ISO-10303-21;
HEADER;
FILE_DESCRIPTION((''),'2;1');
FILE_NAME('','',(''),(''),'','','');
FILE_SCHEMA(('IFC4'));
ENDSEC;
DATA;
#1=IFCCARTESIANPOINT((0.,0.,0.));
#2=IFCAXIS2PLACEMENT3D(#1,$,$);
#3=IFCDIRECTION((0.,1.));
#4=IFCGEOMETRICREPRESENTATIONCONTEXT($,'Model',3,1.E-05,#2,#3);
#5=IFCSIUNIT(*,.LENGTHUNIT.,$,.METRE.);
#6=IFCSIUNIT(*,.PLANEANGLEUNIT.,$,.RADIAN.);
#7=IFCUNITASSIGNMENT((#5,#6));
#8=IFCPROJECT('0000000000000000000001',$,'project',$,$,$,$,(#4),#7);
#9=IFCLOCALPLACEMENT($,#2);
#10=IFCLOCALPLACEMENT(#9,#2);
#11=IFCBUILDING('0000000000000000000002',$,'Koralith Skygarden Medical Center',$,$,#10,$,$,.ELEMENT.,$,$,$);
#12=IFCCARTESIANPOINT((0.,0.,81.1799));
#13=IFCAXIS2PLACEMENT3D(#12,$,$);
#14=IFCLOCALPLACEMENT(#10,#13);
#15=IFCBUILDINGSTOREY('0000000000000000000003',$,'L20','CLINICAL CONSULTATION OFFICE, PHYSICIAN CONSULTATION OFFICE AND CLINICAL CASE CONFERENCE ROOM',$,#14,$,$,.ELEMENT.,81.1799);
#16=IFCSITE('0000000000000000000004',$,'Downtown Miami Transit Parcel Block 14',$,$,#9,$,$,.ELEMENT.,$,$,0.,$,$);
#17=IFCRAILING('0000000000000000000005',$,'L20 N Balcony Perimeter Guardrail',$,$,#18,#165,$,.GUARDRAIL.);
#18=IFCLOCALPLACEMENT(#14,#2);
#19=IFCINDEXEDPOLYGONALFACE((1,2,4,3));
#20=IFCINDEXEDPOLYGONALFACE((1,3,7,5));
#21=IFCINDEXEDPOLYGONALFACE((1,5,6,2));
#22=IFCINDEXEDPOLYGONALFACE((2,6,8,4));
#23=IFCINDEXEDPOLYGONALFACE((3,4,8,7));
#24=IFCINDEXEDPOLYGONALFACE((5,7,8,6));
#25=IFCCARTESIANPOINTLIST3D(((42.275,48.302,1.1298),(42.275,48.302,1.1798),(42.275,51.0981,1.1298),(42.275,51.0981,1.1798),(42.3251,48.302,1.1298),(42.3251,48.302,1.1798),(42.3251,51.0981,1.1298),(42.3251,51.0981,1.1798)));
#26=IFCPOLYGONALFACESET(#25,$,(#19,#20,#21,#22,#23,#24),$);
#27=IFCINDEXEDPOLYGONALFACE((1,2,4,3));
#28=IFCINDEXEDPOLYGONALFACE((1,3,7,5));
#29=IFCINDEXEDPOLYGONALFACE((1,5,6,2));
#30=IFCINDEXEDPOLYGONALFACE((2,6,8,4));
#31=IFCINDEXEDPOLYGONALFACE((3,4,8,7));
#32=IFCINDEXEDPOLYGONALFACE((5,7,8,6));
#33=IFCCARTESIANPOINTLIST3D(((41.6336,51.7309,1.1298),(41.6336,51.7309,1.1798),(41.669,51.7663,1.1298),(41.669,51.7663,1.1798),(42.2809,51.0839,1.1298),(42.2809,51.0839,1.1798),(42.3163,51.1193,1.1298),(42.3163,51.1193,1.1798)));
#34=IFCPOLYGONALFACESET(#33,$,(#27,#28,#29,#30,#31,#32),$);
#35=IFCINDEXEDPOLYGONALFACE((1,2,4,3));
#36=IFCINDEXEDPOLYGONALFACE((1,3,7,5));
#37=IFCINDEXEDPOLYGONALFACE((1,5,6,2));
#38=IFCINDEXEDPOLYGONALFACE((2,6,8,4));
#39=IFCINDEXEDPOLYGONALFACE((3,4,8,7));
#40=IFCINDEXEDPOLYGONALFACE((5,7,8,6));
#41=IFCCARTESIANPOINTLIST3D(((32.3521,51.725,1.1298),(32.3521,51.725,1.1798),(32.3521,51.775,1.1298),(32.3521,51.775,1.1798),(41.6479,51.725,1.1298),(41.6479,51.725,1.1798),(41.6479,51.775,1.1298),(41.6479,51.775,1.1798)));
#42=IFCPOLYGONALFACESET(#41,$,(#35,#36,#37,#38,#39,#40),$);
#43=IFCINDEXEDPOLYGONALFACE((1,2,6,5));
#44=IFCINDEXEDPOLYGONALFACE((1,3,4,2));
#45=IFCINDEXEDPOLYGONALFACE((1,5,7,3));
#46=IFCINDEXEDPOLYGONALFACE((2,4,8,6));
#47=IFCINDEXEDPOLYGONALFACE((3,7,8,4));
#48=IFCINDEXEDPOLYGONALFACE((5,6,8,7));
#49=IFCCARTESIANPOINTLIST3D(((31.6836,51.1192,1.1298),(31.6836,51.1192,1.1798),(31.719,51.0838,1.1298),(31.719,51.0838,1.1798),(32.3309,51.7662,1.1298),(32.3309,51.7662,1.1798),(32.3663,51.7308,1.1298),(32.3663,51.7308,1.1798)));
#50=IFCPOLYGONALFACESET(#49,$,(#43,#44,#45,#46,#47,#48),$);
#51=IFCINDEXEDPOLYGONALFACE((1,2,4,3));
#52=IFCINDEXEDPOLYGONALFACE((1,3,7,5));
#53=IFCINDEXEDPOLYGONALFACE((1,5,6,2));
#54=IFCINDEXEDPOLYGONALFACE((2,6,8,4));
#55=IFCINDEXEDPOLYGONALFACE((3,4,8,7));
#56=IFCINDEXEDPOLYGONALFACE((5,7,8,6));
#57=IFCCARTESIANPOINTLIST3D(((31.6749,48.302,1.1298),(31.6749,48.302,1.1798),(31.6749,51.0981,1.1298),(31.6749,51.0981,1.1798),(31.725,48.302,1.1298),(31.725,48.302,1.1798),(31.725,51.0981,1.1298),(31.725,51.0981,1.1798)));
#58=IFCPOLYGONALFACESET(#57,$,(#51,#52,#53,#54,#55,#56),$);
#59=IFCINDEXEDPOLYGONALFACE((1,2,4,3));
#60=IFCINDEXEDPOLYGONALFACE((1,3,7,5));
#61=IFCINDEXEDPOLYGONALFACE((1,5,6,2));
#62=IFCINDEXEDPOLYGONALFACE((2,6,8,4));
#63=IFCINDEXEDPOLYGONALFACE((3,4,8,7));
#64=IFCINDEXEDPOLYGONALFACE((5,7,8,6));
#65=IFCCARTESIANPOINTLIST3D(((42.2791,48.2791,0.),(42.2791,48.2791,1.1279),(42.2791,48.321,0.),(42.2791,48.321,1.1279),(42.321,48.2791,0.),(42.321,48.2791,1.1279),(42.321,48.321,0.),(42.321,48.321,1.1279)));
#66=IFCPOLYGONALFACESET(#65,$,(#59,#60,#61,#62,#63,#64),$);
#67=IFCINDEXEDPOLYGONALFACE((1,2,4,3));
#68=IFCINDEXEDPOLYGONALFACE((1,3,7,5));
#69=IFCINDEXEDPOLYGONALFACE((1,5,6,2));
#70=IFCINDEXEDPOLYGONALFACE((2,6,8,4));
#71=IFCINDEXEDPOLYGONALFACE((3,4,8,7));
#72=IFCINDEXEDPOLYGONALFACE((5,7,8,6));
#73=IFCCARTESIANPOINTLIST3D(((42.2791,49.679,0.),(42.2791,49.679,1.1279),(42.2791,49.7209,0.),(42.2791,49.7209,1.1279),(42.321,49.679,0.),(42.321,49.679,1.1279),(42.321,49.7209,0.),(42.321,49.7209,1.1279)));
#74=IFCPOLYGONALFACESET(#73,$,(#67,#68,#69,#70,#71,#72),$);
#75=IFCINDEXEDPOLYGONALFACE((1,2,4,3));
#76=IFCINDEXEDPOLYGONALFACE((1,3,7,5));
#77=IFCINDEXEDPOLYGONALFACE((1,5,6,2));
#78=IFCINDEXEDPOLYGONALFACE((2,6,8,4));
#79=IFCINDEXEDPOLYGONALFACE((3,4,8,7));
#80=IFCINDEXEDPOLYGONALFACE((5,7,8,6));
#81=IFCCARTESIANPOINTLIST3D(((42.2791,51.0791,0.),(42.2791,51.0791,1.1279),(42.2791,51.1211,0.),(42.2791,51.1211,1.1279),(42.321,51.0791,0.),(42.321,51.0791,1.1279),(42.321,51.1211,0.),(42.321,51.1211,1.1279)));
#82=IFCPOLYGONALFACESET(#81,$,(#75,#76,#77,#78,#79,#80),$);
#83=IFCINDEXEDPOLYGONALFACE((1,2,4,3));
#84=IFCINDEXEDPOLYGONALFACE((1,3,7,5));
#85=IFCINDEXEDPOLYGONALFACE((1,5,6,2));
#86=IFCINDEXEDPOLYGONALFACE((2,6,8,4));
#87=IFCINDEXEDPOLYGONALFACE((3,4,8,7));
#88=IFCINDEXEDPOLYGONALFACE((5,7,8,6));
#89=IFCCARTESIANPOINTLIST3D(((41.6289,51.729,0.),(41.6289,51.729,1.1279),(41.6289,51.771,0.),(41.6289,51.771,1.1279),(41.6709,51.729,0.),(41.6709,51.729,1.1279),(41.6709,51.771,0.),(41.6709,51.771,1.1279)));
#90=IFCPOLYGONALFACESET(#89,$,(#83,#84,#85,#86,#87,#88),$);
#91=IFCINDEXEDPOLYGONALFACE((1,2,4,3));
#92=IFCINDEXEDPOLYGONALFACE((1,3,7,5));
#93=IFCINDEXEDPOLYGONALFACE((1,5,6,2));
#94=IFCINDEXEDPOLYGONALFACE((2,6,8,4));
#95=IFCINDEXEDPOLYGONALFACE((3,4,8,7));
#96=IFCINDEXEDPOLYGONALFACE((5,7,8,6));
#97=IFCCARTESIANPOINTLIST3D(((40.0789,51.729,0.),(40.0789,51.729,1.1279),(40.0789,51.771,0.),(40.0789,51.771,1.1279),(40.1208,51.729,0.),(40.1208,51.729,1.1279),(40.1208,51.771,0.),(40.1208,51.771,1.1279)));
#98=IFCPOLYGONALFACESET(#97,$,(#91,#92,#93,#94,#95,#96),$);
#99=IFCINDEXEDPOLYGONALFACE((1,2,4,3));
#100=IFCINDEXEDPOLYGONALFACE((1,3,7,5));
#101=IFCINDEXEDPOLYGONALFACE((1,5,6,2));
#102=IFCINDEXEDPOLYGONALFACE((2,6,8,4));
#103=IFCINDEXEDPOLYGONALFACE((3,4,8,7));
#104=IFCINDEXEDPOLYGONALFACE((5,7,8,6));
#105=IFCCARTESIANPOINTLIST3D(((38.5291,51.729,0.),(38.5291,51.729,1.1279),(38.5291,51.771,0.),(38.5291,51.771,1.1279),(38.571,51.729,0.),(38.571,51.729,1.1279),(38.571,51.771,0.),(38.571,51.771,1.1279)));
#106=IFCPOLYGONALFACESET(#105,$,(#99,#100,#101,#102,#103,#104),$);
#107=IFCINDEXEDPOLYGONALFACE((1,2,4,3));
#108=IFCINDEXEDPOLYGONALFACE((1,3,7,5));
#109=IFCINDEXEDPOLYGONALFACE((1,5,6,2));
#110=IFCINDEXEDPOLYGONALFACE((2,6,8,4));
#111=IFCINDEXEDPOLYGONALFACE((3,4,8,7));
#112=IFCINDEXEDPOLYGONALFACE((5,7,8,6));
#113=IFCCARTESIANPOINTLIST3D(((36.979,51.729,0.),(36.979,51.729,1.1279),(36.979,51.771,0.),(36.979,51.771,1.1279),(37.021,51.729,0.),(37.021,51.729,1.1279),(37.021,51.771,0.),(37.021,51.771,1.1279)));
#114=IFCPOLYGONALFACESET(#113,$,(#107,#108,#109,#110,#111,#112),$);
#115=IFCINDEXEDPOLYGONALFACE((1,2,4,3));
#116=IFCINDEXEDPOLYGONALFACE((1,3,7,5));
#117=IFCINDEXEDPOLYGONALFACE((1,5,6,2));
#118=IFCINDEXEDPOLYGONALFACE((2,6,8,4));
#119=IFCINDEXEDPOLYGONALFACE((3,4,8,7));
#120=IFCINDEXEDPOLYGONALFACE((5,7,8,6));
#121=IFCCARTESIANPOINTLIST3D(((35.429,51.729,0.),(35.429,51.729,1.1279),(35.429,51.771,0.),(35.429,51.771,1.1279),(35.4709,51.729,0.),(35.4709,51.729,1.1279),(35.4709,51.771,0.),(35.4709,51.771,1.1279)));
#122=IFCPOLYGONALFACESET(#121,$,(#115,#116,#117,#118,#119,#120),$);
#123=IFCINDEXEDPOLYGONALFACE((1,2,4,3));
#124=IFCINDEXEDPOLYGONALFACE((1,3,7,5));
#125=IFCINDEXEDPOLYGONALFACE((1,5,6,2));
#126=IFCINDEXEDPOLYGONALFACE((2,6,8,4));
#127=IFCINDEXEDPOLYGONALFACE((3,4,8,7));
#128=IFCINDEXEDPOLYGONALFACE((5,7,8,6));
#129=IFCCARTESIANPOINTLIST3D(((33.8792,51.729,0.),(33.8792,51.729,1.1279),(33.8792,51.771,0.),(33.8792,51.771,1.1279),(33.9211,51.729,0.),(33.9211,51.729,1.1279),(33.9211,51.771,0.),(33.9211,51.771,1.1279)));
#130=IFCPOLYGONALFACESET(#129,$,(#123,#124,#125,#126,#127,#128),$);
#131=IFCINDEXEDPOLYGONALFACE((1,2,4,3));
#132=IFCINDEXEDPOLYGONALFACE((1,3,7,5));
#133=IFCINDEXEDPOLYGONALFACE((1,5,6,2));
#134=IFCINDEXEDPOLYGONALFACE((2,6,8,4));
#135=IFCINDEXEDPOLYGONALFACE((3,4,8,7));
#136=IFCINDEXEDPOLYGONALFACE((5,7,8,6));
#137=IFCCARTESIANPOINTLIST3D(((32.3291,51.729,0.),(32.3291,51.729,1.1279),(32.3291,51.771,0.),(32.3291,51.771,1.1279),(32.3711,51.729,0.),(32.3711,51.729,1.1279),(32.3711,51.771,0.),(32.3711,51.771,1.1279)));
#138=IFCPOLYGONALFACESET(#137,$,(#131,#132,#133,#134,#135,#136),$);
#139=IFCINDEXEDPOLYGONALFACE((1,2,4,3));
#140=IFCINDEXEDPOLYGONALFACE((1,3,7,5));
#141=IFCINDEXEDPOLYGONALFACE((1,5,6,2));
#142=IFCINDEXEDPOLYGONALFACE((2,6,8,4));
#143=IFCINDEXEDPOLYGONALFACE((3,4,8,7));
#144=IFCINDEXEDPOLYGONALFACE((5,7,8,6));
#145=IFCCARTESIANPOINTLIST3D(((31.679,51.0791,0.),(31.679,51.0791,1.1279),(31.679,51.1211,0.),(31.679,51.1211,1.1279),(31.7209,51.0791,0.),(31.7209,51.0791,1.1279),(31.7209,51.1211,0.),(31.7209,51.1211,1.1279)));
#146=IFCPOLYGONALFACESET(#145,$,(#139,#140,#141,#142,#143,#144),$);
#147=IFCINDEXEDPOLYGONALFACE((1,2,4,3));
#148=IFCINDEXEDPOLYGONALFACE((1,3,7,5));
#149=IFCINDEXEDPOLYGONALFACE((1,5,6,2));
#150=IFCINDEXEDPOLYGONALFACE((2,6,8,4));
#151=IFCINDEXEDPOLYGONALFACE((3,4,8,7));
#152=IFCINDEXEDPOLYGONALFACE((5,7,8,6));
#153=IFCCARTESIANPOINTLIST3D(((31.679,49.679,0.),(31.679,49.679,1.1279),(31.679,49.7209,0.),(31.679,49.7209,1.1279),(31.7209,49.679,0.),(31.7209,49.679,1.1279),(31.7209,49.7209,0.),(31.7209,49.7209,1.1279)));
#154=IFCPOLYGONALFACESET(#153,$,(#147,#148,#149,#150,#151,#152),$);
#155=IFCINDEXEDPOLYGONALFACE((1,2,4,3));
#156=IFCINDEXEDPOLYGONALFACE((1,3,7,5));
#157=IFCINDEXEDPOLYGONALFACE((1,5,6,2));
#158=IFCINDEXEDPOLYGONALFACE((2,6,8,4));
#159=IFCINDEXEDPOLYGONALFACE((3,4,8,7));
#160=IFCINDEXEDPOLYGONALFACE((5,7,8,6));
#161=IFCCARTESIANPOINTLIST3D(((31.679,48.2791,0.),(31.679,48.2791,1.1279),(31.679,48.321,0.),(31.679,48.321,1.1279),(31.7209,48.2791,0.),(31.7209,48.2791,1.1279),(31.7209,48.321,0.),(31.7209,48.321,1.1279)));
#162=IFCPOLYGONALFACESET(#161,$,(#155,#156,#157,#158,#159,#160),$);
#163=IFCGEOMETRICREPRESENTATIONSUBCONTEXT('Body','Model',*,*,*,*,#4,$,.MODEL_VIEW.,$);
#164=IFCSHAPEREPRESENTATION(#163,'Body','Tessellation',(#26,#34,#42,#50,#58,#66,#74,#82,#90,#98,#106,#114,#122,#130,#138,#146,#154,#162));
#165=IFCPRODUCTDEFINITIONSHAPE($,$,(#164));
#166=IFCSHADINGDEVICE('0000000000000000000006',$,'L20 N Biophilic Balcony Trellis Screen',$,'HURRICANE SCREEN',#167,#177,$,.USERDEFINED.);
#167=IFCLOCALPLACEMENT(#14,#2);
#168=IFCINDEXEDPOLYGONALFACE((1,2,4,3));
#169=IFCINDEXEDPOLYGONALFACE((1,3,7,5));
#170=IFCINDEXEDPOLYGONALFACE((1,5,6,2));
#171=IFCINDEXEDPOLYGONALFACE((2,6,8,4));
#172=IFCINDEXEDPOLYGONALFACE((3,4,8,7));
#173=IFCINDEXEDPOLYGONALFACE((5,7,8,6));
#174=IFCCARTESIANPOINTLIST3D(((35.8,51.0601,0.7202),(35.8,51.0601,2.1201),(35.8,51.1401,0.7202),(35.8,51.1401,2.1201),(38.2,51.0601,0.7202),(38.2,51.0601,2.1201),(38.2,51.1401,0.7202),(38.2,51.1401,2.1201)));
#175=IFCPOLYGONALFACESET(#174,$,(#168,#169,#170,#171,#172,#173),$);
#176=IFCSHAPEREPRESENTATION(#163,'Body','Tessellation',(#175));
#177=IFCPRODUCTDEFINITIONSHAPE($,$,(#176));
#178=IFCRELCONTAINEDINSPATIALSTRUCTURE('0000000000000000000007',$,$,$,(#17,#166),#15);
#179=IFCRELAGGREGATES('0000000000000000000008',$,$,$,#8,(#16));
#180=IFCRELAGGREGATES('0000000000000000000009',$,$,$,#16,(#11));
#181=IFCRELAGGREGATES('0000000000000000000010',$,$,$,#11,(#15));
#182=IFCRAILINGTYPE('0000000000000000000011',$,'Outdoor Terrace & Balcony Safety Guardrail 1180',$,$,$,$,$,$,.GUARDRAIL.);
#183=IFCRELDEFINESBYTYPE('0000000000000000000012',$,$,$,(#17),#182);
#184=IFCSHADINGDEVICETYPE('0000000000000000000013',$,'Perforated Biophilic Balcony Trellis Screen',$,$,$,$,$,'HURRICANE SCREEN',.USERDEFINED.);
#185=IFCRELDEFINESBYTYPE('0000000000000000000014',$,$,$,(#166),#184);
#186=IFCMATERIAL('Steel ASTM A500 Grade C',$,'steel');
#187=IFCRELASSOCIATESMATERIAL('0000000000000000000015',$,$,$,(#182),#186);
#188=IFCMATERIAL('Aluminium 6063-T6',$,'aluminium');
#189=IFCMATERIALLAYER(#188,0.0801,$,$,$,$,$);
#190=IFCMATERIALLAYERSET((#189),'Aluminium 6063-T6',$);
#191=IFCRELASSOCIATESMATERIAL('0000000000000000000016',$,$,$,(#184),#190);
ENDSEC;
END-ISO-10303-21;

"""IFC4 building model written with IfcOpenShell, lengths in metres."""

from ifc_helpers import new_model, si_unit, direction, frame, origin, origin_2d, place, context, subcontext, project, spatial, rectangle, extrude, material, layer, layer_set, type_object, element, save


model = new_model("IFC4")

# Units and contexts
model_context = context("Model", 3, precision=1e-05, world=origin(), true_north=direction((0.0, 1.0)))
body_context = subcontext(model_context, "Body", "Model", "MODEL_VIEW")
ifc_project = project(units=[si_unit("LENGTHUNIT", "METRE"), si_unit("PLANEANGLEUNIT", "RADIAN")], contexts=[model_context])

# Site, building, storey
site_placement = place(None, origin())
site = spatial("IfcSite", under=ifc_project, at=site_placement, Name="Downtown Miami Transit Parcel Block 14", CompositionType="ELEMENT", RefElevation=0.0)
building_placement = place(site_placement, origin())
building = spatial("IfcBuilding", under=site, at=building_placement, Name="Koralith Skygarden Medical Center", CompositionType="ELEMENT")
storey_placement = place(building_placement, frame((0.0, 0.0, 81.1799)))
storey = spatial("IfcBuildingStorey", under=building, at=storey_placement, Name="L20", Description="CLINICAL CONSULTATION OFFICE, PHYSICIAN CONSULTATION OFFICE AND CLINICAL CASE CONFERENCE ROOM", CompositionType="ELEMENT", Elevation=81.1799)

# Shared definitions
ifc_material_1 = material(Name="Aluminium 6063-T6", Category="aluminium")

# Shared definitions
ifc_material_2 = material(Name="Steel ASTM A500 Grade C", Category="steel")

# Railing
railing_type = type_object("IfcRailingType", Name="Outdoor Terrace & Balcony Safety Guardrail 1180", PredefinedType="GUARDRAIL", material=ifc_material_2)
railing_placement = place(storey_placement, frame((42.3, 48.3, 0.0)))
element("IfcRailing", 1, at=railing_placement, inside=storey, type_object=railing_type, Name="L20 N Balcony Perimeter Guardrail", PredefinedType="GUARDRAIL", context=body_context, shape_type="SweptSolid", body=[
    extrude(rectangle(XDim=0.05, YDim=0.05, at=origin_2d()), frame((0.0, 0.002, 1.1548), z_axis=(0.0, 1.0, 0.0), x_axis=(-1.0, 0.0, 0.0)), (0.0, 0.0, 1.0), 2.7961),
    extrude(rectangle(XDim=0.05, YDim=0.05, at=origin_2d()), frame((-0.0015, 2.8015, 1.1548), z_axis=(-0.70724, 0.706974, 0.0), x_axis=(-0.706974, -0.70724, 0.0)), (0.0, 0.0, 1.0), 0.9153),
    extrude(rectangle(XDim=0.05, YDim=0.05, at=origin_2d()), frame((-0.6521, 3.45, 1.1548), z_axis=(-1.0, 0.0, 0.0), x_axis=(0.0, -1.0, 0.0)), (0.0, 0.0, 1.0), 9.2959),
    extrude(rectangle(XDim=0.05, YDim=0.05, at=origin_2d()), frame((-9.9514, 3.4485, 1.1548), z_axis=(-0.70724, -0.706974, 0.0), x_axis=(0.706974, -0.70724, 0.0)), (0.0, 0.0, 1.0), 0.9153),
    extrude(rectangle(XDim=0.05, YDim=0.05, at=origin_2d()), frame((-10.6001, 2.7981, 1.1548), z_axis=(0.0, -1.0, 0.0), x_axis=(1.0, 0.0, 0.0)), (0.0, 0.0, 1.0), 2.7961),
    extrude(rectangle(XDim=0.042, YDim=0.042, at=origin_2d()), origin(), (0.0, 0.0, 1.0), 1.1279),
    extrude(rectangle(XDim=0.042, YDim=0.042, at=origin_2d()), frame((0.0, 1.3999, 0.0)), (0.0, 0.0, 1.0), 1.1279),
    extrude(rectangle(XDim=0.042, YDim=0.042, at=origin_2d()), frame((0.0, 2.8, 0.0)), (0.0, 0.0, 1.0), 1.1279),
    extrude(rectangle(XDim=0.042, YDim=0.042, at=origin_2d()), frame((-0.6501, 3.45, 0.0)), (0.0, 0.0, 1.0), 1.1279),
    extrude(rectangle(XDim=0.042, YDim=0.042, at=origin_2d()), frame((-2.2002, 3.45, 0.0)), (0.0, 0.0, 1.0), 1.1279),
    extrude(rectangle(XDim=0.042, YDim=0.042, at=origin_2d()), frame((-3.75, 3.45, 0.0)), (0.0, 0.0, 1.0), 1.1279),
    extrude(rectangle(XDim=0.042, YDim=0.042, at=origin_2d()), frame((-5.3, 3.45, 0.0)), (0.0, 0.0, 1.0), 1.1279),
    extrude(rectangle(XDim=0.042, YDim=0.042, at=origin_2d()), frame((-6.8501, 3.45, 0.0)), (0.0, 0.0, 1.0), 1.1279),
    extrude(rectangle(XDim=0.042, YDim=0.042, at=origin_2d()), frame((-8.3999, 3.45, 0.0)), (0.0, 0.0, 1.0), 1.1279),
    extrude(rectangle(XDim=0.042, YDim=0.042, at=origin_2d()), frame((-9.95, 3.45, 0.0)), (0.0, 0.0, 1.0), 1.1279),
    extrude(rectangle(XDim=0.042, YDim=0.042, at=origin_2d()), frame((-10.6001, 2.8, 0.0)), (0.0, 0.0, 1.0), 1.1279),
    extrude(rectangle(XDim=0.042, YDim=0.042, at=origin_2d()), frame((-10.6001, 1.3999, 0.0)), (0.0, 0.0, 1.0), 1.1279),
    extrude(rectangle(XDim=0.042, YDim=0.042, at=origin_2d()), frame((-10.6001, 0.0, 0.0)), (0.0, 0.0, 1.0), 1.1279),
])

# Shading device
ifc_layer_1 = layer(ifc_material_1, 0.0801)
ifc_layer_set_1 = layer_set([ifc_layer_1], Name="Aluminium 6063-T6")
shading_device_type = type_object("IfcShadingDeviceType", Name="Perforated Biophilic Balcony Trellis Screen", ElementType="HURRICANE SCREEN", PredefinedType="USERDEFINED", material=ifc_layer_set_1)
shading_device_placement = place(storey_placement, frame((37.0, 51.1001, 0.7202), z_axis=(0.0, 0.0, 1.0), x_axis=(1.0, 0.0, 0.0)))
element("IfcShadingDevice", 2, at=shading_device_placement, inside=storey, type_object=shading_device_type, Name="L20 N Biophilic Balcony Trellis Screen", ObjectType="HURRICANE SCREEN", PredefinedType="USERDEFINED", context=body_context, shape_type="SweptSolid", body=[
    extrude(rectangle(XDim=2.3999, YDim=0.0801, at=origin_2d()), origin(), (0.0, 0.0, 1.0), 1.3999),
])

save(model, "model.ifc")
